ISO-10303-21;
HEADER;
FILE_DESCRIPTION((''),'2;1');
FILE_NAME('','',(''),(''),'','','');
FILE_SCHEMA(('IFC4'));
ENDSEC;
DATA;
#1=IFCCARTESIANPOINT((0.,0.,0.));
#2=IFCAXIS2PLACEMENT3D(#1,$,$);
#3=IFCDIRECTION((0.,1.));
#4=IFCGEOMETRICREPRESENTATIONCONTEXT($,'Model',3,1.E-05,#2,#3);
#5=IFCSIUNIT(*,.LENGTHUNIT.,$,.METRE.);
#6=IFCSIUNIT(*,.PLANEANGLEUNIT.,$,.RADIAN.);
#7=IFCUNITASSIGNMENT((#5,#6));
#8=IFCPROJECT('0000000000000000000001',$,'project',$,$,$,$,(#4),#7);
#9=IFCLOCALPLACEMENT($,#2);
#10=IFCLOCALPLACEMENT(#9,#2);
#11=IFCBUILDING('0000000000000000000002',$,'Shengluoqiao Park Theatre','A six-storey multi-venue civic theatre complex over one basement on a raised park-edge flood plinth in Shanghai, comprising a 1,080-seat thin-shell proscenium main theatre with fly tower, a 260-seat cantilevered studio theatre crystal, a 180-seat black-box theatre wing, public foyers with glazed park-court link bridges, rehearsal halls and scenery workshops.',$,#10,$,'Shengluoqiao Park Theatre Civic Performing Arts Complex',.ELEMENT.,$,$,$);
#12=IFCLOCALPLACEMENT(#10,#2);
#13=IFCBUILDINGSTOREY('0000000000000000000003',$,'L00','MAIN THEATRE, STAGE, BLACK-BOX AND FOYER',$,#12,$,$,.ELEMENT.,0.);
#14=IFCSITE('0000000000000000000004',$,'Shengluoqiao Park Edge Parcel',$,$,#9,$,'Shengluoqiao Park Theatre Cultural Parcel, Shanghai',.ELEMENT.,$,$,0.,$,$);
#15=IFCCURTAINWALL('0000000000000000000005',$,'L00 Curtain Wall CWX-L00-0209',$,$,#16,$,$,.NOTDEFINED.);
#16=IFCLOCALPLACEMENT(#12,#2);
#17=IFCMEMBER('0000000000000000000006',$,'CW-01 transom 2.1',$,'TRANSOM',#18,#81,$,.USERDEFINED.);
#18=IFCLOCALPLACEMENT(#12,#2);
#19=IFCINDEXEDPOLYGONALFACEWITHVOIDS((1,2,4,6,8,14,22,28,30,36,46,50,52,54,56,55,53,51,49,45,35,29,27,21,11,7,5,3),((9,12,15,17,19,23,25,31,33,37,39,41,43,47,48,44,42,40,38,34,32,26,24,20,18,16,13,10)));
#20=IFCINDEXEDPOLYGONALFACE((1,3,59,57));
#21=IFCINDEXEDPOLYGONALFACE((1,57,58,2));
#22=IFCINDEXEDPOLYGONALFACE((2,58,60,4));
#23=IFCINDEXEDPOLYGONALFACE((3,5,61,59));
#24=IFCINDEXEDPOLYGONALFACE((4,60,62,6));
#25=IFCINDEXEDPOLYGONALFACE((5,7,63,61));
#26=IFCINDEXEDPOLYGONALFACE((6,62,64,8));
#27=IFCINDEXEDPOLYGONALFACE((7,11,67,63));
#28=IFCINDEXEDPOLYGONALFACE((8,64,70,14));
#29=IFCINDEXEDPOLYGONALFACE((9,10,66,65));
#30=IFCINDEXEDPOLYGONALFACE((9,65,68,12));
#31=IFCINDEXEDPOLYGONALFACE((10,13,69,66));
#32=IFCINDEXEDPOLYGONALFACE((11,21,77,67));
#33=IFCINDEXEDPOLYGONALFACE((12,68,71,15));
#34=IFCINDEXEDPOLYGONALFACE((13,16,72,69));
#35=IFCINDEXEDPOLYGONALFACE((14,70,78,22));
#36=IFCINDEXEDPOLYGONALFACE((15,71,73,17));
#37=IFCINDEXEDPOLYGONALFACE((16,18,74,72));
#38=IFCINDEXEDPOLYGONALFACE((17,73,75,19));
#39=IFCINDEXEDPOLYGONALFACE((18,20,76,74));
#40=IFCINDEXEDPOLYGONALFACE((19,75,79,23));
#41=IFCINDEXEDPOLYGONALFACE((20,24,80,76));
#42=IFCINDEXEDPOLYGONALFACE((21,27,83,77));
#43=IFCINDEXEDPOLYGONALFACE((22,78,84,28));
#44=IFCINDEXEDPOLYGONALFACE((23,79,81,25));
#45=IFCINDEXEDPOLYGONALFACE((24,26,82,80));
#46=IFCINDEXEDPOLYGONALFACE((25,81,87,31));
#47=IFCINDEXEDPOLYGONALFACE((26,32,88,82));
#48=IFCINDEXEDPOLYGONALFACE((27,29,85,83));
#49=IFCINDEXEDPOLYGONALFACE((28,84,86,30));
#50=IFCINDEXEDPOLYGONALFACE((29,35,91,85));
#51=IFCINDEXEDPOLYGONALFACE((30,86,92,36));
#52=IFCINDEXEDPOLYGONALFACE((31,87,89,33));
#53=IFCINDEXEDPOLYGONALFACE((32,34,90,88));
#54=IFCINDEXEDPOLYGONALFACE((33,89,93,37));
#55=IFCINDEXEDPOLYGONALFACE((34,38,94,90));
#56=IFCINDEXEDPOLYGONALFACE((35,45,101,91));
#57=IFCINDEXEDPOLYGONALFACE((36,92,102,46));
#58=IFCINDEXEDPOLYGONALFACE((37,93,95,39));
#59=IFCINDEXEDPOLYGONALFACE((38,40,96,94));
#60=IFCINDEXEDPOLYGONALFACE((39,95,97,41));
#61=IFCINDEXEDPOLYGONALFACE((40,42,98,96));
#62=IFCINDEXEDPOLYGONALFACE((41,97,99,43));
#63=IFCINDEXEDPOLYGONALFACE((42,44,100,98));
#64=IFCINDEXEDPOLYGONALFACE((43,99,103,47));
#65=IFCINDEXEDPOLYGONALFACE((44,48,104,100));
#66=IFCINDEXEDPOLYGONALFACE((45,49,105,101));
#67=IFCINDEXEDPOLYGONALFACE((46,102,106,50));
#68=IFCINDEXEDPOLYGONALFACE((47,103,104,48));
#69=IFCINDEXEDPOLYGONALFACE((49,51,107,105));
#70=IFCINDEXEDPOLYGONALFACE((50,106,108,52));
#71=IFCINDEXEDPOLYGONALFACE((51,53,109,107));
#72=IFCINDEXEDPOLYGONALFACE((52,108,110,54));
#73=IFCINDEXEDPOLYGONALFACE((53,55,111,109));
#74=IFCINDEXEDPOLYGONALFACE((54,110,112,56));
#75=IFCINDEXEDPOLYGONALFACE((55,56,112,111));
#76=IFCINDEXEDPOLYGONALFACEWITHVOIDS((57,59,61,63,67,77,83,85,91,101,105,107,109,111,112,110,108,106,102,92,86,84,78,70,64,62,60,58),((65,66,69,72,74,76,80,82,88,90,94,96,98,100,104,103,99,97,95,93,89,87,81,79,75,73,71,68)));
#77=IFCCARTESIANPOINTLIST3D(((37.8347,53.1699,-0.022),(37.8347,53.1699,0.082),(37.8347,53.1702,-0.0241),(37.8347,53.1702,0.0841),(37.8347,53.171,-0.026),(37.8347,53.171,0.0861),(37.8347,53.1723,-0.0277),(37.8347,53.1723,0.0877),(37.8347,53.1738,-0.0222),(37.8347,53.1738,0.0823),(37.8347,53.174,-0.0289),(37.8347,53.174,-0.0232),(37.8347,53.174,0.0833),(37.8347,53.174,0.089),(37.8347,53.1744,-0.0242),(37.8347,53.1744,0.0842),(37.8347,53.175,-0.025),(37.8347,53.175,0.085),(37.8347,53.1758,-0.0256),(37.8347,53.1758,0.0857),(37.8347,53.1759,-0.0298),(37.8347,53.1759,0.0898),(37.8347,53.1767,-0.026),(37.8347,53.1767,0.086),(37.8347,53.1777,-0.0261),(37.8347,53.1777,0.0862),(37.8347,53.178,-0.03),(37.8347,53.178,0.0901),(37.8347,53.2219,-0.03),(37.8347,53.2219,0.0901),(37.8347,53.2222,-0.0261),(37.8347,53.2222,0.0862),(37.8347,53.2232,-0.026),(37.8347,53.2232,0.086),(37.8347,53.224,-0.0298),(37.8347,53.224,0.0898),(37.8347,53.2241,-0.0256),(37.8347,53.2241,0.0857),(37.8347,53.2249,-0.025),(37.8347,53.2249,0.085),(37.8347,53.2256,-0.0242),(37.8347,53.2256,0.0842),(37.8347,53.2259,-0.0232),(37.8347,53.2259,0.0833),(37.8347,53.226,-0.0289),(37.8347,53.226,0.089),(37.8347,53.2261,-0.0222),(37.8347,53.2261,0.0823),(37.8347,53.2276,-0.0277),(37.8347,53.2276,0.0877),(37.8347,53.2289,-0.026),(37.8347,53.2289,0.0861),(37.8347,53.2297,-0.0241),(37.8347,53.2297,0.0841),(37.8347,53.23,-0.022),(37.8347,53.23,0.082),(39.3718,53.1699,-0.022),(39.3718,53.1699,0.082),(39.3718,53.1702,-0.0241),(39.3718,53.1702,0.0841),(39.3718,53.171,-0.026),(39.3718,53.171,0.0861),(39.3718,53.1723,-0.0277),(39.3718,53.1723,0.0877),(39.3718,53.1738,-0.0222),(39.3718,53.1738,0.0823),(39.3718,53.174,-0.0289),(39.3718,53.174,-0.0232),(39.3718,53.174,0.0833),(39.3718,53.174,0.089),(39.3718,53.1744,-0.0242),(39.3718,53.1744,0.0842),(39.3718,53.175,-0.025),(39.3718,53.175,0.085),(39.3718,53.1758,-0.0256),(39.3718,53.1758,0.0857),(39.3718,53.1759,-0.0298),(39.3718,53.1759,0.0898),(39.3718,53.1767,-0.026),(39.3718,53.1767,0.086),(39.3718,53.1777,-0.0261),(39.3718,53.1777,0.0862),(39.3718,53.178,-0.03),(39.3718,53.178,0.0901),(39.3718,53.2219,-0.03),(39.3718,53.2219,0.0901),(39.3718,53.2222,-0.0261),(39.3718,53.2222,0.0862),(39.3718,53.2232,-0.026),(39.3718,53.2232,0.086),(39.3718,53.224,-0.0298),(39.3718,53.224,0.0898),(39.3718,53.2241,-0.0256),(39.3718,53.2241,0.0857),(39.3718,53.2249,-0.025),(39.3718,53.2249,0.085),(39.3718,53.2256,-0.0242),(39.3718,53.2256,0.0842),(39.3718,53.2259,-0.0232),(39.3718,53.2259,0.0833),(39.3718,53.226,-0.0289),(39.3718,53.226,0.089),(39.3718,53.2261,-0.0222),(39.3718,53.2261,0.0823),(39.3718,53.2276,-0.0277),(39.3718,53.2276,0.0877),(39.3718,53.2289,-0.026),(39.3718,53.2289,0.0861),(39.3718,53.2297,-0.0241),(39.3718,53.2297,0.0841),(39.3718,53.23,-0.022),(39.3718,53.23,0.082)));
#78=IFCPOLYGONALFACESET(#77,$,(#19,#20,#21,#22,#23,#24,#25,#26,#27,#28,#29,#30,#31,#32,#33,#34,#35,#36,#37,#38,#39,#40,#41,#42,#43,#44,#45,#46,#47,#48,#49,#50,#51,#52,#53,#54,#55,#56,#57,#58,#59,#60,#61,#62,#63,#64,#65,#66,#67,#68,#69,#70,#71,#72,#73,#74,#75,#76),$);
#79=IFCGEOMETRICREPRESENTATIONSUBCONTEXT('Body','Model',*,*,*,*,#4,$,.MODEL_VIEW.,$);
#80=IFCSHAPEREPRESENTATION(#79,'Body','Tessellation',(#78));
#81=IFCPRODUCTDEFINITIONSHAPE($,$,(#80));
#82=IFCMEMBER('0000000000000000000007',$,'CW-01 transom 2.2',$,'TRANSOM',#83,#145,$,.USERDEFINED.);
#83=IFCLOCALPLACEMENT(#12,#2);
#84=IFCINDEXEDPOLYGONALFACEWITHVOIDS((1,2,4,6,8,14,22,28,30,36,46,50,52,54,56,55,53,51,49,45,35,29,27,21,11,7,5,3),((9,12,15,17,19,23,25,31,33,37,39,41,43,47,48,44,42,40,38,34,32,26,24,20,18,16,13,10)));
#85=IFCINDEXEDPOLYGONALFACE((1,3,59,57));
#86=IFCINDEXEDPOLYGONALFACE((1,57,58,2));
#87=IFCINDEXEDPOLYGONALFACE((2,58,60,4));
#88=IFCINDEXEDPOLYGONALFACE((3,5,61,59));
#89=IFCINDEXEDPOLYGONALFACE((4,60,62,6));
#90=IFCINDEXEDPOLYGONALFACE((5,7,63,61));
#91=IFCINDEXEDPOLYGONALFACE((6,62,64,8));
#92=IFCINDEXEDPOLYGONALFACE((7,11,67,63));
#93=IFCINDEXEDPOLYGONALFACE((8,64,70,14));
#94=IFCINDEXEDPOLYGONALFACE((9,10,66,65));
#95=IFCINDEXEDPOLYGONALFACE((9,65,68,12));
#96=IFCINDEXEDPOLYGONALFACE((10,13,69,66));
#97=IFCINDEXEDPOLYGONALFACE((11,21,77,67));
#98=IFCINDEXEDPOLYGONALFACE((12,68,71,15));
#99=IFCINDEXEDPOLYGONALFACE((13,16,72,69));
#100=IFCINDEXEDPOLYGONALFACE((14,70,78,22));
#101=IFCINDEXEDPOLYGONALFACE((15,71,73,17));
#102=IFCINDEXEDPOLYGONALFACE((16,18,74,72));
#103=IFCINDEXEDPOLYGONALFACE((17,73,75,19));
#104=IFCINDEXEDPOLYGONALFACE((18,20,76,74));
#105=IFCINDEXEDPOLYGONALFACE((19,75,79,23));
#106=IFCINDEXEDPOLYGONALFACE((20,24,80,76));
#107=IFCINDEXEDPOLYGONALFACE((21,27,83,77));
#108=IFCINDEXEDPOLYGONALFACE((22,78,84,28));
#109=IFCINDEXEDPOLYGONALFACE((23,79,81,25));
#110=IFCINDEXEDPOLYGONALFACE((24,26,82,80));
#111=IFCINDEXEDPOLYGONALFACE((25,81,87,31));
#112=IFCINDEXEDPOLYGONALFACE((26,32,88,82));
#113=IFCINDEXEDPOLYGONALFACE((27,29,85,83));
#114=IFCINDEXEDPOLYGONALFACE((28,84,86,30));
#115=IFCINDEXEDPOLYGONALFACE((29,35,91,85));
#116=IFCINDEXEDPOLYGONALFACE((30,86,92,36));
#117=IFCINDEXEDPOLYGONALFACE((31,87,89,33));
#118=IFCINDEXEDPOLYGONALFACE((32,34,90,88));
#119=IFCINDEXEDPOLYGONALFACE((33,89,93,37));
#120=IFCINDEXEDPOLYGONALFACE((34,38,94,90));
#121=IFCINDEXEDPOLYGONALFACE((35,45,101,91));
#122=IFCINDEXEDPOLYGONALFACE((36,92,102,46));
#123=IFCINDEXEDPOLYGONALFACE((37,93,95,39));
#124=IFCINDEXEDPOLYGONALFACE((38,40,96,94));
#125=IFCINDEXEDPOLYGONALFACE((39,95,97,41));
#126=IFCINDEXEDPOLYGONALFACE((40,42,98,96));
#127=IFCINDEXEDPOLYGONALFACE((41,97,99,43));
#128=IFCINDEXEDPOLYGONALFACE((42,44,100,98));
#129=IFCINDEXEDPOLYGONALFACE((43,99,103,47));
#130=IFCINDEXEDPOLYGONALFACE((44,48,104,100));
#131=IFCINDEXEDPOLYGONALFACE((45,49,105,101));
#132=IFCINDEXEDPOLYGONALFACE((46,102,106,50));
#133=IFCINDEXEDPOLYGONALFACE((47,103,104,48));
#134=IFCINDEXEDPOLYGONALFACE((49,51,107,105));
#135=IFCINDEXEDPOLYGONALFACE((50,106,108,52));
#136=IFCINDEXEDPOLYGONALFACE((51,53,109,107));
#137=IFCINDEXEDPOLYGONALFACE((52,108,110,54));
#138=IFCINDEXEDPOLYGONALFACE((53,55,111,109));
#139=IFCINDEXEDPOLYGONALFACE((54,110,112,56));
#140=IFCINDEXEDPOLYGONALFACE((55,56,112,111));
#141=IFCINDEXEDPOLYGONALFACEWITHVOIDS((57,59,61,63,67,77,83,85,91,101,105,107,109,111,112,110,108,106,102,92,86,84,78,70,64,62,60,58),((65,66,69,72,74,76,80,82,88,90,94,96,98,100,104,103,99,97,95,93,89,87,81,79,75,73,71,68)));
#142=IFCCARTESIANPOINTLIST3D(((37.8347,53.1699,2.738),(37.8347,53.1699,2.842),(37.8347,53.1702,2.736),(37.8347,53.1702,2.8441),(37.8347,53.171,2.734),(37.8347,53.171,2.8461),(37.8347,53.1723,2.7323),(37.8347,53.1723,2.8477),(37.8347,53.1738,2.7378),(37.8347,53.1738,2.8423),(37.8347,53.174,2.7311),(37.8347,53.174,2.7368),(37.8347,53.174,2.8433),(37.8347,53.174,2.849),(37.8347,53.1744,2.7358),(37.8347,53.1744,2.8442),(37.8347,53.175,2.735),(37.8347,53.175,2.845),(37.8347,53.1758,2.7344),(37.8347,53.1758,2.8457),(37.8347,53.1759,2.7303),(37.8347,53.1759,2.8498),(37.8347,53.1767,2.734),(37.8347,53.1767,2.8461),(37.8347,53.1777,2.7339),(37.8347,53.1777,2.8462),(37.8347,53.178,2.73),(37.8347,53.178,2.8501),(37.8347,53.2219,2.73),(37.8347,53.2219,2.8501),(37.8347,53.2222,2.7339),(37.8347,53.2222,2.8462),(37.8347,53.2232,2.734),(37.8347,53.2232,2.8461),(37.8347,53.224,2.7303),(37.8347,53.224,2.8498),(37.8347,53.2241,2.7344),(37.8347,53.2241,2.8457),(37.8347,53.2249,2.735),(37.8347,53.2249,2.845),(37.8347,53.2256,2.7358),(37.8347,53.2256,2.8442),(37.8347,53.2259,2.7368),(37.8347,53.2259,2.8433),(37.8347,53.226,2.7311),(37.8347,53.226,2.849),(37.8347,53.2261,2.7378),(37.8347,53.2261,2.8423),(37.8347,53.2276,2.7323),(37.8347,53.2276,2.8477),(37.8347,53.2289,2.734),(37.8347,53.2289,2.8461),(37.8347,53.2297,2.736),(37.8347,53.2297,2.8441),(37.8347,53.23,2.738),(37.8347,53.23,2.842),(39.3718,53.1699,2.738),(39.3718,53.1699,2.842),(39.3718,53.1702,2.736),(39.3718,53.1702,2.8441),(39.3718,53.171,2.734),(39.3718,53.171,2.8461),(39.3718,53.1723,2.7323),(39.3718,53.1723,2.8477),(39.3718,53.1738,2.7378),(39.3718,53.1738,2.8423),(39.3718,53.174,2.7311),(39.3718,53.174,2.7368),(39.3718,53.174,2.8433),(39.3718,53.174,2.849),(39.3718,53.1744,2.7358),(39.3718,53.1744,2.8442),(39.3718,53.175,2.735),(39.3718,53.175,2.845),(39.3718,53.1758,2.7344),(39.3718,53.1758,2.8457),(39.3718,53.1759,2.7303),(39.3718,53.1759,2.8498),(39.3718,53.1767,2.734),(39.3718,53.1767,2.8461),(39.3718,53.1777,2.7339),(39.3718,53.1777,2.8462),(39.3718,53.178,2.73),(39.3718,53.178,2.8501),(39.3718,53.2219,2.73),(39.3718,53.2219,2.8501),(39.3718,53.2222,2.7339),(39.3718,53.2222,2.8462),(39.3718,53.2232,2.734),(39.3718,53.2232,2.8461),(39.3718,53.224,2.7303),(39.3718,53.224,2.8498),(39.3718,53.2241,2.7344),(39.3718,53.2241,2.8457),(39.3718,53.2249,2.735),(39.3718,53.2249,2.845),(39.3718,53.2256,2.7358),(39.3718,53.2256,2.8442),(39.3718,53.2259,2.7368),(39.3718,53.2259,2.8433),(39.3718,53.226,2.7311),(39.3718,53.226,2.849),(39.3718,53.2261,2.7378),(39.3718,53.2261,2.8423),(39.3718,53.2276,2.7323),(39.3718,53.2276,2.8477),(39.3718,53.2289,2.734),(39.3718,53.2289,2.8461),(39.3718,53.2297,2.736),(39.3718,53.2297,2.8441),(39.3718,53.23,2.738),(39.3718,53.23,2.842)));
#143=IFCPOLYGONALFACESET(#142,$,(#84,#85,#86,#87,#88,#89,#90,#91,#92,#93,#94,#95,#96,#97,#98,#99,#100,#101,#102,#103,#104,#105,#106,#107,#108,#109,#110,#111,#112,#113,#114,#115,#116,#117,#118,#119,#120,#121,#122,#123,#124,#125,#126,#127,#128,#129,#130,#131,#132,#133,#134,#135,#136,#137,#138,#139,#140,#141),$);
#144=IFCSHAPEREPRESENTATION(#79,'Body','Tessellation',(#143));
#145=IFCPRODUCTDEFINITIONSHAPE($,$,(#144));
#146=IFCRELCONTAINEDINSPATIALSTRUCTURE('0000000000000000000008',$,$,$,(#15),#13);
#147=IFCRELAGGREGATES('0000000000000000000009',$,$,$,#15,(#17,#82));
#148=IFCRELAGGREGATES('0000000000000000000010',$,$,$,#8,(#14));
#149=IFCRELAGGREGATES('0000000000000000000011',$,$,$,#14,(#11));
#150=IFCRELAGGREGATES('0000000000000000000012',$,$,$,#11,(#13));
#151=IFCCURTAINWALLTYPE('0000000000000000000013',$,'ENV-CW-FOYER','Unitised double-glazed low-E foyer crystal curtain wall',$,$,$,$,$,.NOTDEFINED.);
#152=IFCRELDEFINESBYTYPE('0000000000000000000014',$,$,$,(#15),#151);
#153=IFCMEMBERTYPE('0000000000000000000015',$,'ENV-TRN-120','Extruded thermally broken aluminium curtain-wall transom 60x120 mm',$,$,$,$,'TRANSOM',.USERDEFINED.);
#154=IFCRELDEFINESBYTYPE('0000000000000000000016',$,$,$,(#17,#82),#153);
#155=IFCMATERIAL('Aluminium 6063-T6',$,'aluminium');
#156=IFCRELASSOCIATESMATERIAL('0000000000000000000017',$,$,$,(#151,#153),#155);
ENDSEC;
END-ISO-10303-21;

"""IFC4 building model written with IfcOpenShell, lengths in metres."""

from ifc_helpers import new_model, si_unit, direction, frame, origin, origin_2d, place, context, subcontext, project, spatial, hollow_rectangle, extrude, material, material_profile, profile_set, type_object, element, aggregate, save


model = new_model("IFC4")

# Units and contexts
model_context = context("Model", 3, precision=1e-05, world=origin(), true_north=direction((0.0, 1.0)))
body_context = subcontext(model_context, "Body", "Model", "MODEL_VIEW")
ifc_project = project(units=[si_unit("LENGTHUNIT", "METRE"), si_unit("PLANEANGLEUNIT", "RADIAN")], contexts=[model_context])

# Site, building, storey
site_placement = place(None, origin())
site = spatial("IfcSite", under=ifc_project, at=site_placement, Name="Shengluoqiao Park Edge Parcel", LongName="Shengluoqiao Park Theatre Cultural Parcel, Shanghai", CompositionType="ELEMENT", RefElevation=0.0)
building_placement = place(site_placement, origin())
building = spatial("IfcBuilding", under=site, at=building_placement, Name="Shengluoqiao Park Theatre", Description="A six-storey multi-venue civic theatre complex over one basement on a raised park-edge flood plinth in Shanghai, comprising a 1,080-seat thin-shell proscenium main theatre with fly tower, a 260-seat cantilevered studio theatre crystal, a 180-seat black-box theatre wing, public foyers with glazed park-court link bridges, rehearsal halls and scenery workshops.", LongName="Shengluoqiao Park Theatre Civic Performing Arts Complex", CompositionType="ELEMENT")
storey_placement = place(building_placement, origin())
storey = spatial("IfcBuildingStorey", under=building, at=storey_placement, Name="L00", Description="MAIN THEATRE, STAGE, BLACK-BOX AND FOYER", CompositionType="ELEMENT", Elevation=0.0)

# Curtain wall
ifc_material_1 = material(Name="Aluminium 6063-T6", Category="aluminium")
curtain_wall_type_1 = type_object("IfcCurtainWallType", Name="ENV-CW-FOYER", Description="Unitised double-glazed low-E foyer crystal curtain wall", PredefinedType="NOTDEFINED", material=ifc_material_1)
curtain_wall_1_placement = place(storey_placement, origin())
curtain_wall_1 = element("IfcCurtainWall", 1, at=curtain_wall_1_placement, inside=storey, type_object=curtain_wall_type_1, Name="L00 Curtain Wall CWX-L00-0209", PredefinedType="NOTDEFINED")

# Members
ifc_material_profile_1 = material_profile(ifc_material_1, hollow_rectangle(XDim=0.0601, YDim=0.1201, WallThickness=0.0039, InnerFilletRadius=0.0039, OuterFilletRadius=0.0081, at=origin_2d()), Name="ALU TRANSOM 120x60x4")
ifc_profile_set_1 = profile_set([ifc_material_profile_1], Name="Aluminium 6063-T6")
member_type_1 = type_object("IfcMemberType", Name="ENV-TRN-120", Description="Extruded thermally broken aluminium curtain-wall transom 60x120 mm", ElementType="TRANSOM", PredefinedType="USERDEFINED", material=ifc_profile_set_1)
member_1_placement = place(storey_placement, frame((37.8347, 53.2, 0.03), z_axis=(1.0, 0.0, 0.0), x_axis=(0.0, 1.0, 0.0)))
member_1 = element("IfcMember", 2, at=member_1_placement, type_object=member_type_1, Name="CW-01 transom 2.1", ObjectType="TRANSOM", PredefinedType="USERDEFINED", context=body_context, shape_type="SweptSolid", body=[
    extrude(hollow_rectangle(XDim=0.0601, YDim=0.1201, WallThickness=0.0039, InnerFilletRadius=0.0039, OuterFilletRadius=0.0081, at=origin_2d()), origin(), (0.0, 0.0, 1.0), 1.5371),
])
member_2_placement = place(storey_placement, frame((37.8347, 53.2, 2.79), z_axis=(1.0, 0.0, 0.0), x_axis=(0.0, 1.0, 0.0)))
member_2 = element("IfcMember", 3, at=member_2_placement, type_object=member_type_1, Name="CW-01 transom 2.2", ObjectType="TRANSOM", PredefinedType="USERDEFINED", context=body_context, shape_type="SweptSolid", body=[
    extrude(hollow_rectangle(XDim=0.0601, YDim=0.1201, WallThickness=0.0039, InnerFilletRadius=0.0039, OuterFilletRadius=0.0081, at=origin_2d()), origin(), (0.0, 0.0, 1.0), 1.5371),
])

aggregate(curtain_wall_1, [member_1, member_2])

save(model, "model.ifc")
